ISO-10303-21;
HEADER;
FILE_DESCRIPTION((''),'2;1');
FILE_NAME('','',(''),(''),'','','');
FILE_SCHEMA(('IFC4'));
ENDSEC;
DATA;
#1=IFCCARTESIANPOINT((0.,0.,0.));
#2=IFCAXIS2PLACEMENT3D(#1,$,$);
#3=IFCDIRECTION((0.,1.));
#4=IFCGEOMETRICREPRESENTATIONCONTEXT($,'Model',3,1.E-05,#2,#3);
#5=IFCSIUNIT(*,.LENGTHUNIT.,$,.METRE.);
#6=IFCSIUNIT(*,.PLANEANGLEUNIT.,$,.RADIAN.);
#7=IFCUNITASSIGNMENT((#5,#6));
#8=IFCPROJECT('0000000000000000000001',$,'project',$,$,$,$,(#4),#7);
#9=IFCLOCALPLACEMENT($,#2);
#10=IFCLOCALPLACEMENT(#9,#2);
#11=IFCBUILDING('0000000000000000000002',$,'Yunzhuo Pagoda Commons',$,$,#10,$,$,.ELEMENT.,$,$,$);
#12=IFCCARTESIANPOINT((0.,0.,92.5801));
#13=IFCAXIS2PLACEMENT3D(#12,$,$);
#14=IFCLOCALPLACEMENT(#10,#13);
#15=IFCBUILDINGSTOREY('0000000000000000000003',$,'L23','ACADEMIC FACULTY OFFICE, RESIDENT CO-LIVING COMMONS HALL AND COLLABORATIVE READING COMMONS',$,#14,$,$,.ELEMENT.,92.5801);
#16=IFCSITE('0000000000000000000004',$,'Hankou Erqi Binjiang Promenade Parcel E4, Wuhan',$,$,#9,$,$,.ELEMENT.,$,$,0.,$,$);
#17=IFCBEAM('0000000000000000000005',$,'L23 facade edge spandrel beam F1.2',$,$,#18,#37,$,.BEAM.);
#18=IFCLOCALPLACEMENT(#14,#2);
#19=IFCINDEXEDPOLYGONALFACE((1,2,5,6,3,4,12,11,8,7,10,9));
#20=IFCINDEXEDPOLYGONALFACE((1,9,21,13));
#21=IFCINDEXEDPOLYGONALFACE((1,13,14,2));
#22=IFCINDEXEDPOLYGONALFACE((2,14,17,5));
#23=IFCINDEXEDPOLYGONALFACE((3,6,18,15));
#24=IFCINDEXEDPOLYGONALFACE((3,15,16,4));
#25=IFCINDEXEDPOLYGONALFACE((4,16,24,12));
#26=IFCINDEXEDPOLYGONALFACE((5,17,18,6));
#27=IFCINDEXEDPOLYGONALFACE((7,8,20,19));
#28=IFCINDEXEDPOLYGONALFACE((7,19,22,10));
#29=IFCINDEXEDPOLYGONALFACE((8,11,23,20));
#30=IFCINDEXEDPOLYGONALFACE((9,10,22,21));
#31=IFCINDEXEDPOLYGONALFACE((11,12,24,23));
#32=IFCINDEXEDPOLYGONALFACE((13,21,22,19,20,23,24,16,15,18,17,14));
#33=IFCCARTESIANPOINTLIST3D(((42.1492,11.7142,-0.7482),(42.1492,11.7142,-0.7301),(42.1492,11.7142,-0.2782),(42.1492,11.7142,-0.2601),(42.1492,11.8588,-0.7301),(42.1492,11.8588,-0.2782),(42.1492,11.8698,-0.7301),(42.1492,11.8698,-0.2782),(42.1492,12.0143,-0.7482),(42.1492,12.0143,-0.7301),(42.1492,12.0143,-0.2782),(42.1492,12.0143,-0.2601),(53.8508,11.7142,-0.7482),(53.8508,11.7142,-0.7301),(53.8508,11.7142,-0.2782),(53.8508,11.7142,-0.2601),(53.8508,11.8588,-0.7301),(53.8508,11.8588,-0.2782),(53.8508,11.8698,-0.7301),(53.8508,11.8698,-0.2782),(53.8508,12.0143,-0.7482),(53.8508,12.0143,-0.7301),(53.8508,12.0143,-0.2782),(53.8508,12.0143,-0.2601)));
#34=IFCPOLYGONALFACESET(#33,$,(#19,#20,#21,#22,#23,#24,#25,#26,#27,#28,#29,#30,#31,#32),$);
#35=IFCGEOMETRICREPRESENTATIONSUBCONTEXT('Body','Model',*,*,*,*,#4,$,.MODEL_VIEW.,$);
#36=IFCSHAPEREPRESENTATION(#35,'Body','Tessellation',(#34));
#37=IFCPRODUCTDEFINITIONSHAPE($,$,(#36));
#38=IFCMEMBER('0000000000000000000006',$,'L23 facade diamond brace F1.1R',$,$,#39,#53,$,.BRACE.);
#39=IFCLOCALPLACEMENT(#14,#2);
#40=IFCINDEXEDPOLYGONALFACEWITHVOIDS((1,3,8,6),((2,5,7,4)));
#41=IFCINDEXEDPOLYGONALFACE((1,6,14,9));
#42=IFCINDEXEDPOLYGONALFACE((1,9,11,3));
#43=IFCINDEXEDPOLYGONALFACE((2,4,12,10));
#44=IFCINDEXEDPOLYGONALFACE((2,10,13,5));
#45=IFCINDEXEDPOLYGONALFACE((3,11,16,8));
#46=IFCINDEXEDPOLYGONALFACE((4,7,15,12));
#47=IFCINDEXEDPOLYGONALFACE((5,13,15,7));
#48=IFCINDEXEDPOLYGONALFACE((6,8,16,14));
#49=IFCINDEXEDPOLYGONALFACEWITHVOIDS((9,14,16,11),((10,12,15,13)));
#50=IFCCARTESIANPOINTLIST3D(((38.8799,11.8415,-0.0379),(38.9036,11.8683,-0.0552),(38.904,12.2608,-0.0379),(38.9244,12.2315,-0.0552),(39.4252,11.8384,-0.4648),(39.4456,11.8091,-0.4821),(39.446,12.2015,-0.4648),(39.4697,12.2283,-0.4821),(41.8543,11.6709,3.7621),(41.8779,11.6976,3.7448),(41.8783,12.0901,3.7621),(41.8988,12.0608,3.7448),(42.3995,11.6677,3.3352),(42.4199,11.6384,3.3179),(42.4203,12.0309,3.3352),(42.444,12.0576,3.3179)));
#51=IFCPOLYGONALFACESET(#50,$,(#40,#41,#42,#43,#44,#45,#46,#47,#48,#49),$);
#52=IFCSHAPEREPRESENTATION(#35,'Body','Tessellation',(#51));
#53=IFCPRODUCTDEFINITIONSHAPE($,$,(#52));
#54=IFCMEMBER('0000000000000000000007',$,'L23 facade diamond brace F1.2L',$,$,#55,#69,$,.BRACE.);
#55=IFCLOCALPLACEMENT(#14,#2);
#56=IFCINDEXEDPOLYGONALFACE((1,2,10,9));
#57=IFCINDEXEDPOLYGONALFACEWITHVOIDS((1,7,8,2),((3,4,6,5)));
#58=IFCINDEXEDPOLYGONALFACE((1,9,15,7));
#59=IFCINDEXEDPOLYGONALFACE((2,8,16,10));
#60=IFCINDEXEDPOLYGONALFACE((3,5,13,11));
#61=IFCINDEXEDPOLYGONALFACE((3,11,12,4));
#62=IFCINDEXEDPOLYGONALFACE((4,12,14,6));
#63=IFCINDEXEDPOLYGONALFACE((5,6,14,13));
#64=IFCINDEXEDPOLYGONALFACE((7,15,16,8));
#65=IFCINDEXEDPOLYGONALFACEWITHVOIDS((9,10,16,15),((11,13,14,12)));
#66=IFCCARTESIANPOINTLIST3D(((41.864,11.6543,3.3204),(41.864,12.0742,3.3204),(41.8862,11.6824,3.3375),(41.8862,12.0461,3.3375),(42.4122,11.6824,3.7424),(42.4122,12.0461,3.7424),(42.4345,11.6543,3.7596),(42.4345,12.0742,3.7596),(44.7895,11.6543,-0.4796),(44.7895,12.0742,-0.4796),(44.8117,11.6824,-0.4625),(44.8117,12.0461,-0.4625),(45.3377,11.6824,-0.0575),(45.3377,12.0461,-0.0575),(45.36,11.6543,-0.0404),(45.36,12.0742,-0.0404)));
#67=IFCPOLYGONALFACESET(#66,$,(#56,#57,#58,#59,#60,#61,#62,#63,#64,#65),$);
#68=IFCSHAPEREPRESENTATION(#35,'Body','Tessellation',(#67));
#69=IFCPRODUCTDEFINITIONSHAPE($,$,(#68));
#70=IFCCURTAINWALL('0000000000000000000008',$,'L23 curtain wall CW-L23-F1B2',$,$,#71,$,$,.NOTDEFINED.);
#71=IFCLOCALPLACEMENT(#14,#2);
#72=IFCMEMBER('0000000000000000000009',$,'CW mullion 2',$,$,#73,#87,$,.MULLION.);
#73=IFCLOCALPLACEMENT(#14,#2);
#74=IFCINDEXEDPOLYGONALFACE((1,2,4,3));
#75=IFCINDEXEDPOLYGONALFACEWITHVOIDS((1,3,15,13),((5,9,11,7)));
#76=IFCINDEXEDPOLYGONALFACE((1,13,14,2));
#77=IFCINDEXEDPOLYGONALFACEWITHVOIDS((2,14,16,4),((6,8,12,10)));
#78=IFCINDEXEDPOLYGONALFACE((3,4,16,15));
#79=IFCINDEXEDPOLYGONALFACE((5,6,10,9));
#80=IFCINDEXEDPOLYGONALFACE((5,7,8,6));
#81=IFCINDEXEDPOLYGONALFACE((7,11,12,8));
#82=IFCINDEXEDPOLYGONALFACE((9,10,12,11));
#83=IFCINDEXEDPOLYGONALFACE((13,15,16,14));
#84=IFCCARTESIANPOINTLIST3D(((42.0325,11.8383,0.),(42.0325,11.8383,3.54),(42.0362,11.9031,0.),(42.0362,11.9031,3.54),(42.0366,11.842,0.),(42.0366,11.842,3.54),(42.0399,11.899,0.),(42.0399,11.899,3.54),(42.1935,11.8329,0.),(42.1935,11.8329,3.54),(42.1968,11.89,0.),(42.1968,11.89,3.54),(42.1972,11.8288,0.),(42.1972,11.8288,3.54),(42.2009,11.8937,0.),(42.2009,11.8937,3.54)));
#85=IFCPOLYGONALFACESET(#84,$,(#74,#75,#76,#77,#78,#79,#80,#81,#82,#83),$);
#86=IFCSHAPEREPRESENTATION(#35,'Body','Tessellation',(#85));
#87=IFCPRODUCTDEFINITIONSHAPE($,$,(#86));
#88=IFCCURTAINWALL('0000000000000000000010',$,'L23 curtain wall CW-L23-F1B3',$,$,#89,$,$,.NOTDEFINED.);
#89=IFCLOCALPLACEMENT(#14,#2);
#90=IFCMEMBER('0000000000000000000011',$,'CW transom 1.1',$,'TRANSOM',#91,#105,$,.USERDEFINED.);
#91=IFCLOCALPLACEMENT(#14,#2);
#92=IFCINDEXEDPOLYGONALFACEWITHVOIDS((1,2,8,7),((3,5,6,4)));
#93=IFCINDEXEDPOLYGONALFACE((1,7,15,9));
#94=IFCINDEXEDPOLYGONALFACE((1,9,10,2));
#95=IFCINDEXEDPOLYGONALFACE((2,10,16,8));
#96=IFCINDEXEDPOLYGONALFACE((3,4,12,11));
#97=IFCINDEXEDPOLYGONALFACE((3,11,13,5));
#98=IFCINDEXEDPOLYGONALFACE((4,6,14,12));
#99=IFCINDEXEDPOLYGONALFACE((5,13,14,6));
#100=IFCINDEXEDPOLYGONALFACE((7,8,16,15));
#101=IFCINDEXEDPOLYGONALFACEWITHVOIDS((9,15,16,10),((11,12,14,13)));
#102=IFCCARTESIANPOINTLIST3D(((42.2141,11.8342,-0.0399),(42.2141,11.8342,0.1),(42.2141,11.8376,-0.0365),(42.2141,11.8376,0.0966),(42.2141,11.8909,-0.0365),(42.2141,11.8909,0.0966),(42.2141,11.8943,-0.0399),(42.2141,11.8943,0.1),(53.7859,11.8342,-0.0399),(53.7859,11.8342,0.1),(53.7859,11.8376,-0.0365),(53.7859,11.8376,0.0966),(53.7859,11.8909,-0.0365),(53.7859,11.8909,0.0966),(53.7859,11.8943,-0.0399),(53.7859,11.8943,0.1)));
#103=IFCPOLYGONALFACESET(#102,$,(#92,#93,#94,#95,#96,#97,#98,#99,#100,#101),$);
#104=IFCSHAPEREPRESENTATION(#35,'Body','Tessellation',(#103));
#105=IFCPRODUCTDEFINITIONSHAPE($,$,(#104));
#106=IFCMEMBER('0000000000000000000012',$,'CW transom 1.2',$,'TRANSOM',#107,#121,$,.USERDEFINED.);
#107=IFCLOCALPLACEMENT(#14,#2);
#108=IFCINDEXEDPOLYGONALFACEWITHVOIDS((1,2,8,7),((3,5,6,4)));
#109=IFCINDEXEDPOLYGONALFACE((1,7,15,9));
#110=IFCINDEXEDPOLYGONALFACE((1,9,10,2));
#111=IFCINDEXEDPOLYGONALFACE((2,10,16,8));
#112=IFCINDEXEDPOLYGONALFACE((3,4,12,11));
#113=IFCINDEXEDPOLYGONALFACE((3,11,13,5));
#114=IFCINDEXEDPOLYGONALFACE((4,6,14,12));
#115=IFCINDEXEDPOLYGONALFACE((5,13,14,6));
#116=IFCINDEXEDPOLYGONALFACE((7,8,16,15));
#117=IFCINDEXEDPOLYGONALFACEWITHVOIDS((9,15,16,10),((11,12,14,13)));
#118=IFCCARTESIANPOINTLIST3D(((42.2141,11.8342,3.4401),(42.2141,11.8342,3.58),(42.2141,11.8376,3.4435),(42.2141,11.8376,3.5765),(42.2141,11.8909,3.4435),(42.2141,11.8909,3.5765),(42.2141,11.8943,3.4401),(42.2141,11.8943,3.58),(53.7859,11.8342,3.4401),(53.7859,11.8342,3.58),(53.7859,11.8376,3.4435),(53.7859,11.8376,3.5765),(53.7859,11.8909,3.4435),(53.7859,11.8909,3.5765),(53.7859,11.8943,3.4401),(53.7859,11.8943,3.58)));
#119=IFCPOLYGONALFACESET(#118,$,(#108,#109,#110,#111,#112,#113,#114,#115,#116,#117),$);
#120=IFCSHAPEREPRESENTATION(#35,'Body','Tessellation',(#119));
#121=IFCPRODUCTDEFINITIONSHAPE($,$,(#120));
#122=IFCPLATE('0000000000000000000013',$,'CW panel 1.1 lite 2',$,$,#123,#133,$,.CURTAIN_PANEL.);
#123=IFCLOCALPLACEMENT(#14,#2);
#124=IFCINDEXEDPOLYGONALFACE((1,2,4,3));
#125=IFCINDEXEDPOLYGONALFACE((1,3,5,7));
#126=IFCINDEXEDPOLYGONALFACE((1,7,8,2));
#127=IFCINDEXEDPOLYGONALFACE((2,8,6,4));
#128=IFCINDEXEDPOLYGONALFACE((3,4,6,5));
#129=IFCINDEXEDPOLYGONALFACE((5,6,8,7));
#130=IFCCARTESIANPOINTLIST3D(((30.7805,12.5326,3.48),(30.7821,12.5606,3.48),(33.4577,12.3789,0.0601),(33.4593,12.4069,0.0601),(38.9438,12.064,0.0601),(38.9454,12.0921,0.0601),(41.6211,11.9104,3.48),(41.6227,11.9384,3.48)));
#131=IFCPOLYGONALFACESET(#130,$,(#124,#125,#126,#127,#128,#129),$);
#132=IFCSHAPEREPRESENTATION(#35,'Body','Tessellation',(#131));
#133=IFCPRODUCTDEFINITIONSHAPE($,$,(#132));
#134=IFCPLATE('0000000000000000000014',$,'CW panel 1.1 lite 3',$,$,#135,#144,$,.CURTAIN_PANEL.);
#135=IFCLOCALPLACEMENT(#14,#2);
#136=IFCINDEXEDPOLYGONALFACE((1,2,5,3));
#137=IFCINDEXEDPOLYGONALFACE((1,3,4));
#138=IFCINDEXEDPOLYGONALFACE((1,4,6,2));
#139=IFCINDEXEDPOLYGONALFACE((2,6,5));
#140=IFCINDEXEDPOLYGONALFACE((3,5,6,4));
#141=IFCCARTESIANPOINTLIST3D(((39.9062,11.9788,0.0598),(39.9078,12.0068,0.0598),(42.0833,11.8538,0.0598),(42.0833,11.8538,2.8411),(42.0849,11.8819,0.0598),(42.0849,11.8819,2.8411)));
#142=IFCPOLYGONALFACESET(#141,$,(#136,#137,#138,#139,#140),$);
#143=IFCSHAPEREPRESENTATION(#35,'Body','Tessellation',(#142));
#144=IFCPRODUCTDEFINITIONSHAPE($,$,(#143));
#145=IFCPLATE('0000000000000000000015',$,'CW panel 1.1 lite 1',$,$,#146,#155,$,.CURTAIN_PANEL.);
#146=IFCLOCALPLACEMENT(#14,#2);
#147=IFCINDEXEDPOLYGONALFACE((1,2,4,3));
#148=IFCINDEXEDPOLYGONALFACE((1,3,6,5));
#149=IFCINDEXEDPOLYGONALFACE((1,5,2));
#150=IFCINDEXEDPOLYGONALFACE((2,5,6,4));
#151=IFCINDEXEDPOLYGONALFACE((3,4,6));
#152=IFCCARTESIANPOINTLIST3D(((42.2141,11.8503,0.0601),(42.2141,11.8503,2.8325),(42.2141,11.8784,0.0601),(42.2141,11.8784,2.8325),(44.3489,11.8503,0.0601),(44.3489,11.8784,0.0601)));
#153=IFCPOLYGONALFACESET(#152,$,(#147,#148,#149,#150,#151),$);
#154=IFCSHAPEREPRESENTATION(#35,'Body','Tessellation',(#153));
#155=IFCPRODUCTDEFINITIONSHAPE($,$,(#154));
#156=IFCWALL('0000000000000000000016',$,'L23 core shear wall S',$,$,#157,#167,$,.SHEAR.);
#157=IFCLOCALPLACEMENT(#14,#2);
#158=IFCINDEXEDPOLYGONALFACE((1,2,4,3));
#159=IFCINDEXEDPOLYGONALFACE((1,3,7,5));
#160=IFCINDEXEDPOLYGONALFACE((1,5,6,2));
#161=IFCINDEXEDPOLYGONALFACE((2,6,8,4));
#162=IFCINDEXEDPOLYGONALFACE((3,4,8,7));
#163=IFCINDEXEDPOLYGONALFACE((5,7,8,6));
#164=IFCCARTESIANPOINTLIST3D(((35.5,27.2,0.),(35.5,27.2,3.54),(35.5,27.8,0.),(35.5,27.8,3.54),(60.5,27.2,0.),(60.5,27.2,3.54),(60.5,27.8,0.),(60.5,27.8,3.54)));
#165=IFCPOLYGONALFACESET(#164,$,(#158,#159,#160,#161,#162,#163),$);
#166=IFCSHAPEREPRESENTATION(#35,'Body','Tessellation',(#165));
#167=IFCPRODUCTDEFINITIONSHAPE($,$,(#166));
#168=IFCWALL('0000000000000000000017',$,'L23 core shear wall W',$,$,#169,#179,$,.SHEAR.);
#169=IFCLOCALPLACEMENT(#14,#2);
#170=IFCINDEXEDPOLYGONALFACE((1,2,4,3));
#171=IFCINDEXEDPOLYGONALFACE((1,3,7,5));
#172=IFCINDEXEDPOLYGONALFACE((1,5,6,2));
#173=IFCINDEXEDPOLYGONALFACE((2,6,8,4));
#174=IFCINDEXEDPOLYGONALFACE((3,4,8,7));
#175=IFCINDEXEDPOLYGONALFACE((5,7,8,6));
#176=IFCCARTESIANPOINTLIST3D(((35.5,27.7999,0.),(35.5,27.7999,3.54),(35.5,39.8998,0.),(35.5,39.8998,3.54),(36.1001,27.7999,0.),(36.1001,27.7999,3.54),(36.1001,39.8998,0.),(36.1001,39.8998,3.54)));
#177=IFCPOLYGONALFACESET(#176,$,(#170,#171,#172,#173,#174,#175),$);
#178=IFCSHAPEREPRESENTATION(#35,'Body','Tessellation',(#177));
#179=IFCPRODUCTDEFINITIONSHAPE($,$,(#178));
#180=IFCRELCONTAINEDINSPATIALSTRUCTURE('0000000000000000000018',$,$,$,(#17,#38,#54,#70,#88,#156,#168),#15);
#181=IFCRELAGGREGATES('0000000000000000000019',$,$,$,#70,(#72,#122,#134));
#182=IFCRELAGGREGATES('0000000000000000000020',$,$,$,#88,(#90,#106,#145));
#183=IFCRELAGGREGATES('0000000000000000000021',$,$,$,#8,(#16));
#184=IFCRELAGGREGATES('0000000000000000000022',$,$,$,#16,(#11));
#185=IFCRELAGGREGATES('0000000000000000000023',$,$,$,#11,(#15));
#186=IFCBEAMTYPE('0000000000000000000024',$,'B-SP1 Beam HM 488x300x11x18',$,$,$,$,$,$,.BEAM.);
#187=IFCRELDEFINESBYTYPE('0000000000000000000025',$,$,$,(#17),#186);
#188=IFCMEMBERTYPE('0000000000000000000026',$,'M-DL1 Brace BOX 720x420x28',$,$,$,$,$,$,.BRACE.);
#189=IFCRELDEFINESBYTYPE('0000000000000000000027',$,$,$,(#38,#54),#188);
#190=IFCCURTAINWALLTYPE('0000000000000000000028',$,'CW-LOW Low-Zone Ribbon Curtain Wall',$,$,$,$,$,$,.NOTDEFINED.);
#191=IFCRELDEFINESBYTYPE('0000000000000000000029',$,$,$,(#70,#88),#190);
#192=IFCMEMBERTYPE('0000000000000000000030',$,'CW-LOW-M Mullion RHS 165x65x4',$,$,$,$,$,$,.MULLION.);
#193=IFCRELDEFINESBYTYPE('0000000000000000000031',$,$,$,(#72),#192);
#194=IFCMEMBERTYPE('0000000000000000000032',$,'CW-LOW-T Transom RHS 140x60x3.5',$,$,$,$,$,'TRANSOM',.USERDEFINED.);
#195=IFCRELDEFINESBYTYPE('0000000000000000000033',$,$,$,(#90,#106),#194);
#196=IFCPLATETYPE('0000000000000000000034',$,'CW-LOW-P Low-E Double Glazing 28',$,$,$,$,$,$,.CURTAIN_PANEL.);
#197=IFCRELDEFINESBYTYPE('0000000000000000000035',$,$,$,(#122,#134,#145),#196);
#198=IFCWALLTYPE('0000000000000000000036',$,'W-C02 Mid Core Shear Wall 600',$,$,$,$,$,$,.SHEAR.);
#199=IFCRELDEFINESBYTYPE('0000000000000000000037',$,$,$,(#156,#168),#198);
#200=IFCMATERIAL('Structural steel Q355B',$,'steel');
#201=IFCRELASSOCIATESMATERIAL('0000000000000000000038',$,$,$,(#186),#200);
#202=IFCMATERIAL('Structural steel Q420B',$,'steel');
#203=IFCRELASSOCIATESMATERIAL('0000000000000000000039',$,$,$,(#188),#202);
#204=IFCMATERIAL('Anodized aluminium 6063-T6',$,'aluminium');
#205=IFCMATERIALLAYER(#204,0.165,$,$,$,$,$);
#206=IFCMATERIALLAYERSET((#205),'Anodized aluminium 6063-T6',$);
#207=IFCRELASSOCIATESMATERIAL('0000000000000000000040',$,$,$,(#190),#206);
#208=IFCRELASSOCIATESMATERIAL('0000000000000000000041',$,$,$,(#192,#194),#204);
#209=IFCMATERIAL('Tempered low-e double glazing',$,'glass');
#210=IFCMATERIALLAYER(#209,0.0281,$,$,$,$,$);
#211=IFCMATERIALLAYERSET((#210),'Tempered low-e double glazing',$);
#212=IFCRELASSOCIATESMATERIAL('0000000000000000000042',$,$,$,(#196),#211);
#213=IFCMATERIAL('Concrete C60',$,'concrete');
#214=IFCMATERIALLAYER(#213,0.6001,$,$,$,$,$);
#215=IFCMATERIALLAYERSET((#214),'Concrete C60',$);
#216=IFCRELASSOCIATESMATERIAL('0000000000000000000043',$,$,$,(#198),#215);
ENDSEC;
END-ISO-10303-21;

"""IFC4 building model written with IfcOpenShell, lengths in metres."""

from ifc_helpers import new_model, si_unit, direction, frame, frame_2d, origin, origin_2d, place, context, subcontext, project, spatial, polyline, rectangle, hollow_rectangle, i_section, outline, extrude, source, transform, mapped, material, layer, layer_set, material_profile, profile_set, type_object, element, aggregate, save


model = new_model("IFC4")

# Units and contexts
model_context = context("Model", 3, precision=1e-05, world=origin(), true_north=direction((0.0, 1.0)))
body_context = subcontext(model_context, "Body", "Model", "MODEL_VIEW")
ifc_project = project(units=[si_unit("LENGTHUNIT", "METRE"), si_unit("PLANEANGLEUNIT", "RADIAN")], contexts=[model_context])

# Site, building, storey
site_placement = place(None, origin())
site = spatial("IfcSite", under=ifc_project, at=site_placement, Name="Hankou Erqi Binjiang Promenade Parcel E4, Wuhan", CompositionType="ELEMENT", RefElevation=0.0)
building_placement = place(site_placement, origin())
building = spatial("IfcBuilding", under=site, at=building_placement, Name="Yunzhuo Pagoda Commons", CompositionType="ELEMENT")
storey_placement = place(building_placement, frame((0.0, 0.0, 92.5801)))
storey = spatial("IfcBuildingStorey", under=building, at=storey_placement, Name="L23", Description="ACADEMIC FACULTY OFFICE, RESIDENT CO-LIVING COMMONS HALL AND COLLABORATIVE READING COMMONS", CompositionType="ELEMENT", Elevation=92.5801)

# Shared definitions
ifc_material_1 = material(Name="Structural steel Q420B", Category="steel")

# Beam
ifc_material_2 = material(Name="Structural steel Q355B", Category="steel")
ifc_material_profile_1 = material_profile(ifc_material_2, i_section(OverallWidth=0.3, OverallDepth=0.488, WebThickness=0.011, FlangeThickness=0.0181, at=origin_2d()), Name="Structural steel Q355B")
ifc_profile_set_1 = profile_set([ifc_material_profile_1], Name="Structural steel Q355B")
beam_type_1 = type_object("IfcBeamType", Name="B-SP1 Beam HM 488x300x11x18", PredefinedType="BEAM", material=ifc_profile_set_1)
shared_shape_1 = source(origin(), body_context, "Body", "SweptSolid", [
    extrude(i_section(OverallWidth=0.3, OverallDepth=0.488, WebThickness=0.011, FlangeThickness=0.0181, at=origin_2d()), origin(), (0.0, 0.0, 1.0), 11.7017),
])
beam_1_placement = place(storey_placement, frame((42.1492, 11.8643, -0.5042), z_axis=(1.0, 0.0, 0.0), x_axis=(0.0, 1.0, 0.0)))
element("IfcBeam", 1, at=beam_1_placement, inside=storey, type_object=beam_type_1, Name="L23 facade edge spandrel beam F1.2", PredefinedType="BEAM", context=body_context, shape_type="MappedRepresentation", body=[
    mapped(shared_shape_1, transform((0.0, 0.0, 0.0), scale=1.0)),
])

# Members
ifc_material_profile_2 = material_profile(ifc_material_1, hollow_rectangle(XDim=0.4199, YDim=0.72, WallThickness=0.0281, at=origin_2d()), Name="Structural steel Q420B")
ifc_profile_set_2 = profile_set([ifc_material_profile_2], Name="Structural steel Q420B")
member_type_1 = type_object("IfcMemberType", Name="M-DL1 Brace BOX 720x420x28", PredefinedType="BRACE", material=ifc_profile_set_2)
shared_shape_2 = source(origin(), body_context, "Body", "SweptSolid", [
    extrude(hollow_rectangle(XDim=0.4199, YDim=0.72, WallThickness=0.0281, at=origin_2d()), origin(), (0.0, 0.0, 1.0), 4.8286),
])
member_1_placement = place(storey_placement, frame((39.1748, 12.0349, -0.26), z_axis=(0.615976, -0.035342, 0.786971), x_axis=(0.057281, 0.998358, 0.0)))
element("IfcMember", 2, at=member_1_placement, inside=storey, type_object=member_type_1, Name="L23 facade diamond brace F1.1R", PredefinedType="BRACE", context=body_context, shape_type="MappedRepresentation", body=[
    mapped(shared_shape_2, transform((0.0, 0.0, 0.0), scale=1.0)),
])
shared_shape_3 = source(origin(), body_context, "Body", "SweptSolid", [
    extrude(hollow_rectangle(XDim=0.4199, YDim=0.72, WallThickness=0.0281, at=origin_2d()), origin(), (0.0, 0.0, 1.0), 4.7957),
])
member_2_placement = place(storey_placement, frame((45.0747, 11.8643, -0.26), z_axis=(-0.610028, 0.0, 0.79238), x_axis=(0.0, -1.0, 0.0)))
element("IfcMember", 3, at=member_2_placement, inside=storey, type_object=member_type_1, Name="L23 facade diamond brace F1.2L", PredefinedType="BRACE", context=body_context, shape_type="MappedRepresentation", body=[
    mapped(shared_shape_3, transform((0.0, 0.0, 0.0), scale=1.0)),
])

# Curtain wall, member
ifc_material_3 = material(Name="Anodized aluminium 6063-T6", Category="aluminium")
ifc_layer_1 = layer(ifc_material_3, 0.165)
ifc_layer_set_1 = layer_set([ifc_layer_1], Name="Anodized aluminium 6063-T6")
curtain_wall_type = type_object("IfcCurtainWallType", Name="CW-LOW Low-Zone Ribbon Curtain Wall", PredefinedType="NOTDEFINED", material=ifc_layer_set_1)
curtain_wall_1_placement = place(storey_placement, origin())
curtain_wall_1 = element("IfcCurtainWall", 4, at=curtain_wall_1_placement, inside=storey, type_object=curtain_wall_type, Name="L23 curtain wall CW-L23-F1B2", PredefinedType="NOTDEFINED")
ifc_material_profile_3 = material_profile(ifc_material_3, hollow_rectangle(XDim=0.0649, YDim=0.165, WallThickness=0.0039, at=origin_2d()), Name="Anodized aluminium 6063-T6")
ifc_profile_set_3 = profile_set([ifc_material_profile_3], Name="Anodized aluminium 6063-T6")
member_type_2 = type_object("IfcMemberType", Name="CW-LOW-M Mullion RHS 165x65x4", PredefinedType="MULLION", material=ifc_profile_set_3)
shared_shape_4 = source(origin(), body_context, "Body", "SweptSolid", [
    extrude(hollow_rectangle(XDim=0.0649, YDim=0.165, WallThickness=0.0039, at=origin_2d()), origin(), (0.0, 0.0, 1.0), 3.54),
])
member_3_placement = place(storey_placement, frame((42.1167, 11.866, 0.0), z_axis=(0.0, 0.0, 1.0), x_axis=(0.057299, 0.998357, 0.0)))
member_3 = element("IfcMember", 5, at=member_3_placement, type_object=member_type_2, Name="CW mullion 2", PredefinedType="MULLION", context=body_context, shape_type="MappedRepresentation", body=[
    mapped(shared_shape_4, transform((0.0, 0.0, 0.0), scale=1.0)),
])

# Curtain wall, members
curtain_wall_2_placement = place(storey_placement, origin())
curtain_wall_2 = element("IfcCurtainWall", 6, at=curtain_wall_2_placement, inside=storey, type_object=curtain_wall_type, Name="L23 curtain wall CW-L23-F1B3", PredefinedType="NOTDEFINED")
ifc_material_profile_4 = material_profile(ifc_material_3, hollow_rectangle(XDim=0.0601, YDim=0.1399, WallThickness=0.0034, at=origin_2d()), Name="Anodized aluminium 6063-T6")
ifc_profile_set_4 = profile_set([ifc_material_profile_4], Name="Anodized aluminium 6063-T6")
member_type_3 = type_object("IfcMemberType", Name="CW-LOW-T Transom RHS 140x60x3.5", ElementType="TRANSOM", PredefinedType="USERDEFINED", material=ifc_profile_set_4)
shared_shape_5 = source(origin(), body_context, "Body", "SweptSolid", [
    extrude(hollow_rectangle(XDim=0.0601, YDim=0.1399, WallThickness=0.0034, at=origin_2d()), origin(), (0.0, 0.0, 1.0), 11.5718),
])
member_4_placement = place(storey_placement, frame((42.2141, 11.8643, 0.03), z_axis=(1.0, 0.0, 0.0), x_axis=(0.0, 1.0, 0.0)))
member_4 = element("IfcMember", 7, at=member_4_placement, type_object=member_type_3, Name="CW transom 1.1", ObjectType="TRANSOM", PredefinedType="USERDEFINED", context=body_context, shape_type="MappedRepresentation", body=[
    mapped(shared_shape_5, transform((0.0, 0.0, 0.0), scale=1.0)),
])
member_5_placement = place(storey_placement, frame((42.2141, 11.8643, 3.51), z_axis=(1.0, 0.0, 0.0), x_axis=(0.0, 1.0, 0.0)))
member_5 = element("IfcMember", 8, at=member_5_placement, type_object=member_type_3, Name="CW transom 1.2", ObjectType="TRANSOM", PredefinedType="USERDEFINED", context=body_context, shape_type="MappedRepresentation", body=[
    mapped(shared_shape_5, transform((0.0, 0.0, 0.0), scale=1.0)),
])

# Plates
ifc_material_4 = material(Name="Tempered low-e double glazing", Category="glass")
ifc_layer_2 = layer(ifc_material_4, 0.0281)
ifc_layer_set_2 = layer_set([ifc_layer_2], Name="Tempered low-e double glazing")
plate_type = type_object("IfcPlateType", Name="CW-LOW-P Low-E Double Glazing 28", PredefinedType="CURTAIN_PANEL", material=ifc_layer_set_2)
plate_1_placement = place(storey_placement, frame((36.2024, 12.2495, 1.77), z_axis=(-0.057299, -0.998357, 0.0), x_axis=(0.998357, -0.057299, 0.0)))
plate_1 = element("IfcPlate", 9, at=plate_1_placement, type_object=plate_type, Name="CW panel 1.1 lite 2", PredefinedType="CURTAIN_PANEL", context=body_context, shape_type="SweptSolid", body=[
    extrude(outline(polyline([(-5.4292, 1.71), (-2.7476, -1.71), (2.7476, -1.71), (5.4292, 1.71), (-5.4292, 1.71)])), origin(), (0.0, 0.0, 1.0), 0.0281),
])
plate_2_placement = place(storey_placement, frame((40.9963, 11.9443, 1.4504), z_axis=(-0.057299, -0.998357, 0.0), x_axis=(0.998357, -0.057299, 0.0)))
plate_2 = element("IfcPlate", 10, at=plate_2_placement, type_object=plate_type, Name="CW panel 1.1 lite 3", PredefinedType="CURTAIN_PANEL", context=body_context, shape_type="SweptSolid", body=[
    extrude(outline(polyline([(-1.0903, -1.3906), (1.0903, -1.3906), (1.0903, 1.3906), (-1.0903, -1.3906)])), origin(), (0.0, 0.0, 1.0), 0.0281),
])
aggregate(curtain_wall_1, [member_3, plate_1, plate_2])
plate_3_placement = place(storey_placement, frame((43.2815, 11.8784, 1.4463), z_axis=(0.0, -1.0, 0.0), x_axis=(1.0, 0.0, 0.0)))
plate_3 = element("IfcPlate", 11, at=plate_3_placement, type_object=plate_type, Name="CW panel 1.1 lite 1", PredefinedType="CURTAIN_PANEL", context=body_context, shape_type="SweptSolid", body=[
    extrude(outline(polyline([(-1.0674, -1.3862), (1.0674, -1.3862), (-1.0674, 1.3862), (-1.0674, -1.3862)])), origin(), (0.0, 0.0, 1.0), 0.0281),
])
aggregate(curtain_wall_2, [member_4, member_5, plate_3])

# Walls
ifc_material_5 = material(Name="Concrete C60", Category="concrete")
ifc_layer_3 = layer(ifc_material_5, 0.6001)
ifc_layer_set_3 = layer_set([ifc_layer_3], Name="Concrete C60")
wall_type_1 = type_object("IfcWallType", Name="W-C02 Mid Core Shear Wall 600", PredefinedType="SHEAR", material=ifc_layer_set_3)
wall_1_placement = place(storey_placement, frame((35.5, 27.5, 0.0), z_axis=(0.0, 0.0, 1.0), x_axis=(1.0, 0.0, 0.0)))
element("IfcWall", 12, at=wall_1_placement, inside=storey, type_object=wall_type_1, Name="L23 core shear wall S", PredefinedType="SHEAR", context=body_context, shape_type="SweptSolid", body=[
    extrude(rectangle(XDim=25.0, YDim=0.6001, at=frame_2d((12.5, 0.0))), origin(), (0.0, 0.0, 1.0), 3.54),
])
wall_2_placement = place(storey_placement, frame((35.8, 27.8, 0.0), z_axis=(0.0, 0.0, 1.0), x_axis=(0.0, 1.0, 0.0)))
element("IfcWall", 13, at=wall_2_placement, inside=storey, type_object=wall_type_1, Name="L23 core shear wall W", PredefinedType="SHEAR", context=body_context, shape_type="SweptSolid", body=[
    extrude(rectangle(XDim=12.0999, YDim=0.6001, at=frame_2d((6.0498, 0.0))), origin(), (0.0, 0.0, 1.0), 3.54),
])

save(model, "model.ifc")
